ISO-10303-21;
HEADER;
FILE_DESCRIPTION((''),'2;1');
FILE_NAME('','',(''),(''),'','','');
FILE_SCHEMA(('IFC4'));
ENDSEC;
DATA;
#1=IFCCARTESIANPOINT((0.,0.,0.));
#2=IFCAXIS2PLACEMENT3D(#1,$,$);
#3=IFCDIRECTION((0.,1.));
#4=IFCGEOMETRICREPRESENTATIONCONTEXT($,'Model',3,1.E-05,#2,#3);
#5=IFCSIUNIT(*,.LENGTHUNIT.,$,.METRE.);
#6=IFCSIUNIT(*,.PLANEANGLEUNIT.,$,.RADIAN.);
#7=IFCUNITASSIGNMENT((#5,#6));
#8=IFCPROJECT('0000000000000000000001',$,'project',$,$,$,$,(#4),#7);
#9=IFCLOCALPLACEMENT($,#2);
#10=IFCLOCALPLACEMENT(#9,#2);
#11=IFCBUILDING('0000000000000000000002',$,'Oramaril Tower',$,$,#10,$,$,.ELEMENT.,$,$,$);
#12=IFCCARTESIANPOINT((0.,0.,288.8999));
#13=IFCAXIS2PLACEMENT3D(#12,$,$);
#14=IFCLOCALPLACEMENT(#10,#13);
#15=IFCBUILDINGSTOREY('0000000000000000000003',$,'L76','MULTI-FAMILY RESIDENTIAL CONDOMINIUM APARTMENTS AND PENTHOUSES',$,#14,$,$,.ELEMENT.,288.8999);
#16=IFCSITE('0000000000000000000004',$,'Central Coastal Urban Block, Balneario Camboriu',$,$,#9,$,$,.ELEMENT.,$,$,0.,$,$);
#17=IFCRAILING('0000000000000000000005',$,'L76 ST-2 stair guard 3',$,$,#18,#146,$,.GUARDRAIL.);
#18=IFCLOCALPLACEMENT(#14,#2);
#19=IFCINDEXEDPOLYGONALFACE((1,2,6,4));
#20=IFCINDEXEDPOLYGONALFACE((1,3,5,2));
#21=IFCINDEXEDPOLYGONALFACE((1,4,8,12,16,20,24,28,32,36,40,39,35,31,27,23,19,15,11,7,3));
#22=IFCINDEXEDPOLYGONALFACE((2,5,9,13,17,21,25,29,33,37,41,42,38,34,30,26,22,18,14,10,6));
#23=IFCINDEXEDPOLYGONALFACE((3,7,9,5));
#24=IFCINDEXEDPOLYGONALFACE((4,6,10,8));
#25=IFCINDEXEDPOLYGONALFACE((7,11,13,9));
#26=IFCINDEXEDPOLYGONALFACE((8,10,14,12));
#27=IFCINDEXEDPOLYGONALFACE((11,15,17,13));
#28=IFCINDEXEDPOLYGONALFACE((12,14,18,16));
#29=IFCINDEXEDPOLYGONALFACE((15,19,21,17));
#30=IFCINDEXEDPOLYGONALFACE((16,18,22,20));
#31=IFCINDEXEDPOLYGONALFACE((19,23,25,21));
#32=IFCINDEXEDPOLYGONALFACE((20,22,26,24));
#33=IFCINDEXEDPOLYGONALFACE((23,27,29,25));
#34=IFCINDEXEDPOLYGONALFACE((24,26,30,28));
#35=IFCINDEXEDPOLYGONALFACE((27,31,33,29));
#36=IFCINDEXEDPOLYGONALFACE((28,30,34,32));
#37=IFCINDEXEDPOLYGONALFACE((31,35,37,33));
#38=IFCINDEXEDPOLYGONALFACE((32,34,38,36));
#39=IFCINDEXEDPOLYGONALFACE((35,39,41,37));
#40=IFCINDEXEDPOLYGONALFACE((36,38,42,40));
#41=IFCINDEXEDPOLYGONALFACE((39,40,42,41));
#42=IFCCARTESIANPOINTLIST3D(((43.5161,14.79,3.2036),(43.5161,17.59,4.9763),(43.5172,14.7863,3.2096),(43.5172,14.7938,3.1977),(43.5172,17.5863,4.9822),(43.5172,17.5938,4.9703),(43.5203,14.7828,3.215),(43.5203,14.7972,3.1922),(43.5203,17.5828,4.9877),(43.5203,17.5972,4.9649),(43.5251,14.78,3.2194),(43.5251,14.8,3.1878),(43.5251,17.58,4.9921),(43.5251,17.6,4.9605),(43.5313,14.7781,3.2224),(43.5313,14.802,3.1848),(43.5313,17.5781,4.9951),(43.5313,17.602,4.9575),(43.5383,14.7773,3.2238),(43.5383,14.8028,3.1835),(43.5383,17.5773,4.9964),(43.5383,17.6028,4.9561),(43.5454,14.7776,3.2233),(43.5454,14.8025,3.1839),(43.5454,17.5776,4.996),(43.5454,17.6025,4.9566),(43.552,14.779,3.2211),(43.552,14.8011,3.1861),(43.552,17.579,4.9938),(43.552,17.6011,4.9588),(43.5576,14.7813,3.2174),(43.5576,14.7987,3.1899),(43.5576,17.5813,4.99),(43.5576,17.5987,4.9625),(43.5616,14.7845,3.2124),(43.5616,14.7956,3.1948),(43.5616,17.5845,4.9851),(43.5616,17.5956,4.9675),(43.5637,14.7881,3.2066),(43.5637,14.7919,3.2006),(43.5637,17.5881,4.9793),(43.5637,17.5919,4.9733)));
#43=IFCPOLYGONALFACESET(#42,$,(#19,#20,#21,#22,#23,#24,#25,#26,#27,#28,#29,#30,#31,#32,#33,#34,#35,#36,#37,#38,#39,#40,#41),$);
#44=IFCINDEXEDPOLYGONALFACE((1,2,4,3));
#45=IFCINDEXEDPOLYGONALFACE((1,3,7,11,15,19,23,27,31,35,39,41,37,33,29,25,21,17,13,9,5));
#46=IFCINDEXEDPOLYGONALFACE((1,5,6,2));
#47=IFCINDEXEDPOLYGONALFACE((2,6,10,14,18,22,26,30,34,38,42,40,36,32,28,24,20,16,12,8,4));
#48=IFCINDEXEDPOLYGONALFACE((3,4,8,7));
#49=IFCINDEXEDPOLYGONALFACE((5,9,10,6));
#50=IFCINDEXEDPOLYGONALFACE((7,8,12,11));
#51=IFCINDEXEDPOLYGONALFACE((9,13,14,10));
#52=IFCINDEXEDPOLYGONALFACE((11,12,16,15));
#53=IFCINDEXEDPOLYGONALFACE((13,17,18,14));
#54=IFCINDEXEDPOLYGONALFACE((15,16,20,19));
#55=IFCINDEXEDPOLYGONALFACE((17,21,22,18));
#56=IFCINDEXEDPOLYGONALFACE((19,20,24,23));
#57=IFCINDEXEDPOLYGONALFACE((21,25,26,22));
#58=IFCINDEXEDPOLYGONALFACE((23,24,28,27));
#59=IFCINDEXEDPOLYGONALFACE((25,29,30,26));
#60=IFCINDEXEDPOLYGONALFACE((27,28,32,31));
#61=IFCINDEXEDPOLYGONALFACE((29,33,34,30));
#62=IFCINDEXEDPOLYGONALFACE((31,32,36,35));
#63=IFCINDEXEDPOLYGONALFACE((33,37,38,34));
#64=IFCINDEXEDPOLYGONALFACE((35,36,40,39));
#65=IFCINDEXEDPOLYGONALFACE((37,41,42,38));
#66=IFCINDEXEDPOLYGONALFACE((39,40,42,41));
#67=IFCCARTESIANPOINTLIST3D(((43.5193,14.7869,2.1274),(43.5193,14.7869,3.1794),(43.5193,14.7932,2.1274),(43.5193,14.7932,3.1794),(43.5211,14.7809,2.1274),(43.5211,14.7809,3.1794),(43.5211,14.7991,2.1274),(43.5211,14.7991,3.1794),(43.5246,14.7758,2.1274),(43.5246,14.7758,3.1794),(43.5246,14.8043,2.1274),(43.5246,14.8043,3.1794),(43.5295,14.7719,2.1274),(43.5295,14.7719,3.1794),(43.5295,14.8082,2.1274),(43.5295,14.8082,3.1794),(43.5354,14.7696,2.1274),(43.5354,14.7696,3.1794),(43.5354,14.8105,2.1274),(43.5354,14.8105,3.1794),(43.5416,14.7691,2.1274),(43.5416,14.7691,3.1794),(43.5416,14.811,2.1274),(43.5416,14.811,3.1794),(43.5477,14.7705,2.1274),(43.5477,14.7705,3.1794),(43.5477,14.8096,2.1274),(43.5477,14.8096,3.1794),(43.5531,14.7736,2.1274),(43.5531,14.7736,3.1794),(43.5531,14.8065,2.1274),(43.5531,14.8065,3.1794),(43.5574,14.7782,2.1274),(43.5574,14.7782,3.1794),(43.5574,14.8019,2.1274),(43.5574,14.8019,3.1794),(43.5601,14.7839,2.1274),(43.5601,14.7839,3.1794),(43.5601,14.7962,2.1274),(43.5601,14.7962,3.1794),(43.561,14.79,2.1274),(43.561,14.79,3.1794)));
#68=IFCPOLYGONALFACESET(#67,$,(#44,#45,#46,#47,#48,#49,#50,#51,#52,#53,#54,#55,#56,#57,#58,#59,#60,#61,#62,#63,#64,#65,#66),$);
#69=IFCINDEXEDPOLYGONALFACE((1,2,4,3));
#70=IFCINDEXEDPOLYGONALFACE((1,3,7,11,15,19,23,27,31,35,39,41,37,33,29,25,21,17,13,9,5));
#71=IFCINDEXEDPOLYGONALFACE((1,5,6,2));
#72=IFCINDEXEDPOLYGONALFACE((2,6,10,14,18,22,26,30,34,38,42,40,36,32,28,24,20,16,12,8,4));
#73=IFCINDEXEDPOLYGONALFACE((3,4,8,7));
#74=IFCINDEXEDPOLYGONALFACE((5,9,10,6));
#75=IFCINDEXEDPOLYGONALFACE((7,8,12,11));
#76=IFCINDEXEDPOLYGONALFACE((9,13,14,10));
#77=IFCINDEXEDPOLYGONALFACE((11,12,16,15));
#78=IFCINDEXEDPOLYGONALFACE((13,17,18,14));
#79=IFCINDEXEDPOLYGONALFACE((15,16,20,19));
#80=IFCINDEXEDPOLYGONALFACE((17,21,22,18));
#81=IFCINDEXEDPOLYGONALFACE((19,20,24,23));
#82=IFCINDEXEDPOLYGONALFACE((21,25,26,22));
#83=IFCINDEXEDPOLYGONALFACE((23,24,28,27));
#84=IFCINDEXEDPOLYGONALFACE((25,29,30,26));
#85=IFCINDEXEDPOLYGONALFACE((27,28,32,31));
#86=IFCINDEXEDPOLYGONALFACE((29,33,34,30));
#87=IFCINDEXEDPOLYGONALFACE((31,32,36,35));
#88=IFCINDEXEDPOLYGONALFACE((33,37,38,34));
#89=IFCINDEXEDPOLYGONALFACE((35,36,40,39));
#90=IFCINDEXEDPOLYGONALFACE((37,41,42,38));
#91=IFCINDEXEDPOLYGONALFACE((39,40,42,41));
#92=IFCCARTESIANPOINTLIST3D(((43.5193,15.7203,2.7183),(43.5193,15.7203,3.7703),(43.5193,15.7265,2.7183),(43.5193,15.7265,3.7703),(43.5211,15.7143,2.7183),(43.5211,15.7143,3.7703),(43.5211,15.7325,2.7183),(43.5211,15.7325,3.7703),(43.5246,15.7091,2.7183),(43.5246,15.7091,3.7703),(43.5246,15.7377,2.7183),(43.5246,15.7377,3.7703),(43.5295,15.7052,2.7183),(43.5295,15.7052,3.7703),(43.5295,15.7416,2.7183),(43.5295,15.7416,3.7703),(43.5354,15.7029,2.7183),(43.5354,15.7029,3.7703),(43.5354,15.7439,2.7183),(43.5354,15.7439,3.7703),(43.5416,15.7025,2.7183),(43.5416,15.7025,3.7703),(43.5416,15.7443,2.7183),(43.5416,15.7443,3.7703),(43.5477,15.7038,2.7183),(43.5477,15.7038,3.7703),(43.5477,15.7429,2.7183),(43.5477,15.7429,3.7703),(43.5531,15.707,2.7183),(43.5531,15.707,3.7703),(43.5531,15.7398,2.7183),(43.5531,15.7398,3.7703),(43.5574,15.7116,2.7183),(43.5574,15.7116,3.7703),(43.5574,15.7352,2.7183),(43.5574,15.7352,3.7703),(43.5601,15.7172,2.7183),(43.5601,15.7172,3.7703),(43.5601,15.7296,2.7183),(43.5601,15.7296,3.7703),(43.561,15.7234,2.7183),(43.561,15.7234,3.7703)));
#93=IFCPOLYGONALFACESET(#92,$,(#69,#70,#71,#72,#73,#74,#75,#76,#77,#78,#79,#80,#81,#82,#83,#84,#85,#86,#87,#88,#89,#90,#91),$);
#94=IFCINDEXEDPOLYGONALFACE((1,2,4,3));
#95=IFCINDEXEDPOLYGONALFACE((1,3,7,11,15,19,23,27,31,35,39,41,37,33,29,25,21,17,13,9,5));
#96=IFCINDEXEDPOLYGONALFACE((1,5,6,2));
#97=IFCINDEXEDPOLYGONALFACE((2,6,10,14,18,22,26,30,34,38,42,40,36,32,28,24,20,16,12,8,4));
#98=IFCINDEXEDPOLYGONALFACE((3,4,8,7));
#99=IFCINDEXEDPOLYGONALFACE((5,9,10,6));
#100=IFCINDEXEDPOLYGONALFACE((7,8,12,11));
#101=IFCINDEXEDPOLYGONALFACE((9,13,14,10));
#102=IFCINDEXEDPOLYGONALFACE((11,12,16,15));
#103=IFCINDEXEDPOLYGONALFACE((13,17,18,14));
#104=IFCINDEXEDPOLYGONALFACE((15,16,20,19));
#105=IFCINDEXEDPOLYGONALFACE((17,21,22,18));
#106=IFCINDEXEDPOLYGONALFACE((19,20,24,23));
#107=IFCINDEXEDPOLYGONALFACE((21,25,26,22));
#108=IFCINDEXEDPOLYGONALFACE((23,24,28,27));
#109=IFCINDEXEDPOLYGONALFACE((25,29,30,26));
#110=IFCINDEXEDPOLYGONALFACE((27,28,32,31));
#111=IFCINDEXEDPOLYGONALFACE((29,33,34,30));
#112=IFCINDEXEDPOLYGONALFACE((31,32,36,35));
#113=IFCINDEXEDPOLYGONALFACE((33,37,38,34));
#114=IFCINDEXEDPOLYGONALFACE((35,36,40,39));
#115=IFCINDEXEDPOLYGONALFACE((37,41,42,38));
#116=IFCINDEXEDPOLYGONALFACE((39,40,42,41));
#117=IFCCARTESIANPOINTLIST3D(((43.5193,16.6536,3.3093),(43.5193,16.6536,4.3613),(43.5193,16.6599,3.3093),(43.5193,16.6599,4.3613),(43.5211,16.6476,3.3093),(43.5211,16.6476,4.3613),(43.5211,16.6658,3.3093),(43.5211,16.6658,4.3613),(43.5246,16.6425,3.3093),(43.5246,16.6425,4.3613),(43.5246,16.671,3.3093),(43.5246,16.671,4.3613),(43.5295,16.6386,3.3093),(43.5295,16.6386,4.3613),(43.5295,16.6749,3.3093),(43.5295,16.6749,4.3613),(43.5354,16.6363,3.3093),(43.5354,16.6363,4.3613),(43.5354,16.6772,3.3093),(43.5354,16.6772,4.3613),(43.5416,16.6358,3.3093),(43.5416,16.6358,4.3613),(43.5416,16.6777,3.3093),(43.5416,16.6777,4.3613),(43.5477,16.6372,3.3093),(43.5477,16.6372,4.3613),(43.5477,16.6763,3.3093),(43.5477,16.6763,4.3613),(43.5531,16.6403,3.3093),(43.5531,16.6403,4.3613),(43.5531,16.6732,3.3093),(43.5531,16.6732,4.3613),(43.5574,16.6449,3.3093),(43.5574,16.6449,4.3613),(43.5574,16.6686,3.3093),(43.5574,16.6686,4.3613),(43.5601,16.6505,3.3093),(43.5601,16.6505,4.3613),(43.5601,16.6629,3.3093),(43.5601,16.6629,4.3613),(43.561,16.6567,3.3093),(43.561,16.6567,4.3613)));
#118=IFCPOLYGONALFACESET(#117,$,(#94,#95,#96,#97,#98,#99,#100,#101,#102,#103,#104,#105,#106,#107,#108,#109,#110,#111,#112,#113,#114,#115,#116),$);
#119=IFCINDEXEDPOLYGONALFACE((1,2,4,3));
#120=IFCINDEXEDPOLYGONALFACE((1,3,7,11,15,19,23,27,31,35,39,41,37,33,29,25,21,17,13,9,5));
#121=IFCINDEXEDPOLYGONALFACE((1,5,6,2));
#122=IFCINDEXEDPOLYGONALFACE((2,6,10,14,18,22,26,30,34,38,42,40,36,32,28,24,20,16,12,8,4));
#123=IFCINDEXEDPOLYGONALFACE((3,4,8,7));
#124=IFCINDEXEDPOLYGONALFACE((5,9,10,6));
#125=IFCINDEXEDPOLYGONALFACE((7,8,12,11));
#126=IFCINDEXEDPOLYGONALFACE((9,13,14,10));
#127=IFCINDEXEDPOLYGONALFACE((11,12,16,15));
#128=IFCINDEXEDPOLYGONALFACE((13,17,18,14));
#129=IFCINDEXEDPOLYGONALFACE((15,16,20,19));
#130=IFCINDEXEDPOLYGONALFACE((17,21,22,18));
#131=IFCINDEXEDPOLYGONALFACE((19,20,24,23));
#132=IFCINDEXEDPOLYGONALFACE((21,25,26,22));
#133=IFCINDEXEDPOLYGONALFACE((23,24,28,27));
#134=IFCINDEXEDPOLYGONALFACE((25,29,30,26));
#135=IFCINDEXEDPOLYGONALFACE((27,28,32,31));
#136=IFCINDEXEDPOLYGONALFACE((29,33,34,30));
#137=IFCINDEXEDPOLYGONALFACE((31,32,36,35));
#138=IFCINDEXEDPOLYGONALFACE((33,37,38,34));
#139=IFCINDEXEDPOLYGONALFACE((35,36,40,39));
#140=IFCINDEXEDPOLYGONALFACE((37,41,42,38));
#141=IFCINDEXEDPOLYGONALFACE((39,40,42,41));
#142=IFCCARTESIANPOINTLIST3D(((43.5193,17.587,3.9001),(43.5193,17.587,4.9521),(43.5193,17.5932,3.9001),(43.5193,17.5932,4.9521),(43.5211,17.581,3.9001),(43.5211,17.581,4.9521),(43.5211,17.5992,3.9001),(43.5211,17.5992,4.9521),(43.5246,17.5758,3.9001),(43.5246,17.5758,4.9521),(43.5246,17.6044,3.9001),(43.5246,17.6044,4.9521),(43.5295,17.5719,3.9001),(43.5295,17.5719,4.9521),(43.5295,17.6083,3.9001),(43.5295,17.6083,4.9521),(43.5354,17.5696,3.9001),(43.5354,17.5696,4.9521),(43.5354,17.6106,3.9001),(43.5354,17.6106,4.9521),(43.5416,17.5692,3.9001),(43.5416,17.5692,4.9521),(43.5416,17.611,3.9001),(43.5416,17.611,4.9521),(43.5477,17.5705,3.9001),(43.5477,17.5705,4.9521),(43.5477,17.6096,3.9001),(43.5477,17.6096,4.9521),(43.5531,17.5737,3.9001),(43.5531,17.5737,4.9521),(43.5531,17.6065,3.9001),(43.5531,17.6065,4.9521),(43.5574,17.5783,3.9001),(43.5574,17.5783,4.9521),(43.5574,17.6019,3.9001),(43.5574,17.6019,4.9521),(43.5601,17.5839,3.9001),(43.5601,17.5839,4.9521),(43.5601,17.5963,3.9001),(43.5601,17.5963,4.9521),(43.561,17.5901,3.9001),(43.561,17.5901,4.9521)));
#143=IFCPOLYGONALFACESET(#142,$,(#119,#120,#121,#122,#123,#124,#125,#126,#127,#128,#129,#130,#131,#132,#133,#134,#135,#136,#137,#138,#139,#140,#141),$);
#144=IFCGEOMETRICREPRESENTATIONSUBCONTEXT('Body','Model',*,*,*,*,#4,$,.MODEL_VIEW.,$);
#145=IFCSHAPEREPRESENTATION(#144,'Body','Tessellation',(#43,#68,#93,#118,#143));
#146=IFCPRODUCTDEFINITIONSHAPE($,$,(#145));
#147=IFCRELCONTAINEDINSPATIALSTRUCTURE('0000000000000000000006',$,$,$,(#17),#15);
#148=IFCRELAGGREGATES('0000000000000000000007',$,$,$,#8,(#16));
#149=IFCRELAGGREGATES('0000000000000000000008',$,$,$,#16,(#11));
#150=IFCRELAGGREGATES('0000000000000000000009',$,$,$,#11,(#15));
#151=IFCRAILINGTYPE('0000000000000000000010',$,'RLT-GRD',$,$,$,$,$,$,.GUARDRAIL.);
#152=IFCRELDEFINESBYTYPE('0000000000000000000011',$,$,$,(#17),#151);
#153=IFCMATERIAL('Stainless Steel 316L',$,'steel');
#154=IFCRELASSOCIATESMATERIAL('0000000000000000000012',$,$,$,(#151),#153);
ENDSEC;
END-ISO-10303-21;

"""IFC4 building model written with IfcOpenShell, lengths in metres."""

from ifc_helpers import new_model, si_unit, direction, frame, origin, origin_2d, place, context, subcontext, project, spatial, circle, extrude, material, type_object, element, save


model = new_model("IFC4")

# Units and contexts
model_context = context("Model", 3, precision=1e-05, world=origin(), true_north=direction((0.0, 1.0)))
body_context = subcontext(model_context, "Body", "Model", "MODEL_VIEW")
ifc_project = project(units=[si_unit("LENGTHUNIT", "METRE"), si_unit("PLANEANGLEUNIT", "RADIAN")], contexts=[model_context])

# Site, building, storey
site_placement = place(None, origin())
site = spatial("IfcSite", under=ifc_project, at=site_placement, Name="Central Coastal Urban Block, Balneario Camboriu", CompositionType="ELEMENT", RefElevation=0.0)
building_placement = place(site_placement, origin())
building = spatial("IfcBuilding", under=site, at=building_placement, Name="Oramaril Tower", CompositionType="ELEMENT")
storey_placement = place(building_placement, frame((0.0, 0.0, 288.8999)))
storey = spatial("IfcBuildingStorey", under=building, at=storey_placement, Name="L76", Description="MULTI-FAMILY RESIDENTIAL CONDOMINIUM APARTMENTS AND PENTHOUSES", CompositionType="ELEMENT", Elevation=288.8999)

# Railing
ifc_material_1 = material(Name="Stainless Steel 316L", Category="steel")
railing_type_1 = type_object("IfcRailingType", Name="RLT-GRD", PredefinedType="GUARDRAIL", material=ifc_material_1)
railing_1_placement = place(storey_placement, frame((43.54, 14.79, 2.1274)))
element("IfcRailing", 1, at=railing_1_placement, inside=storey, type_object=railing_type_1, Name="L76 ST-2 stair guard 3", PredefinedType="GUARDRAIL", context=body_context, shape_type="SweptSolid", body=[
    extrude(circle(Radius=0.0239, at=origin_2d()), frame((0.0, 0.0, 1.0762), z_axis=(0.0, 0.844909, 0.53491), x_axis=(-1.0, 0.0, 0.0)), (0.0, 0.0, 1.0), 3.314),
    extrude(circle(Radius=0.021, at=origin_2d()), origin(), (0.0, 0.0, 1.0), 1.052),
    extrude(circle(Radius=0.021, at=origin_2d()), frame((0.0, 0.9333, 0.5908)), (0.0, 0.0, 1.0), 1.052),
    extrude(circle(Radius=0.021, at=origin_2d()), frame((0.0, 1.8667, 1.1819)), (0.0, 0.0, 1.0), 1.052),
    extrude(circle(Radius=0.021, at=origin_2d()), frame((0.0, 2.8, 1.7727)), (0.0, 0.0, 1.0), 1.052),
])

save(model, "model.ifc")
